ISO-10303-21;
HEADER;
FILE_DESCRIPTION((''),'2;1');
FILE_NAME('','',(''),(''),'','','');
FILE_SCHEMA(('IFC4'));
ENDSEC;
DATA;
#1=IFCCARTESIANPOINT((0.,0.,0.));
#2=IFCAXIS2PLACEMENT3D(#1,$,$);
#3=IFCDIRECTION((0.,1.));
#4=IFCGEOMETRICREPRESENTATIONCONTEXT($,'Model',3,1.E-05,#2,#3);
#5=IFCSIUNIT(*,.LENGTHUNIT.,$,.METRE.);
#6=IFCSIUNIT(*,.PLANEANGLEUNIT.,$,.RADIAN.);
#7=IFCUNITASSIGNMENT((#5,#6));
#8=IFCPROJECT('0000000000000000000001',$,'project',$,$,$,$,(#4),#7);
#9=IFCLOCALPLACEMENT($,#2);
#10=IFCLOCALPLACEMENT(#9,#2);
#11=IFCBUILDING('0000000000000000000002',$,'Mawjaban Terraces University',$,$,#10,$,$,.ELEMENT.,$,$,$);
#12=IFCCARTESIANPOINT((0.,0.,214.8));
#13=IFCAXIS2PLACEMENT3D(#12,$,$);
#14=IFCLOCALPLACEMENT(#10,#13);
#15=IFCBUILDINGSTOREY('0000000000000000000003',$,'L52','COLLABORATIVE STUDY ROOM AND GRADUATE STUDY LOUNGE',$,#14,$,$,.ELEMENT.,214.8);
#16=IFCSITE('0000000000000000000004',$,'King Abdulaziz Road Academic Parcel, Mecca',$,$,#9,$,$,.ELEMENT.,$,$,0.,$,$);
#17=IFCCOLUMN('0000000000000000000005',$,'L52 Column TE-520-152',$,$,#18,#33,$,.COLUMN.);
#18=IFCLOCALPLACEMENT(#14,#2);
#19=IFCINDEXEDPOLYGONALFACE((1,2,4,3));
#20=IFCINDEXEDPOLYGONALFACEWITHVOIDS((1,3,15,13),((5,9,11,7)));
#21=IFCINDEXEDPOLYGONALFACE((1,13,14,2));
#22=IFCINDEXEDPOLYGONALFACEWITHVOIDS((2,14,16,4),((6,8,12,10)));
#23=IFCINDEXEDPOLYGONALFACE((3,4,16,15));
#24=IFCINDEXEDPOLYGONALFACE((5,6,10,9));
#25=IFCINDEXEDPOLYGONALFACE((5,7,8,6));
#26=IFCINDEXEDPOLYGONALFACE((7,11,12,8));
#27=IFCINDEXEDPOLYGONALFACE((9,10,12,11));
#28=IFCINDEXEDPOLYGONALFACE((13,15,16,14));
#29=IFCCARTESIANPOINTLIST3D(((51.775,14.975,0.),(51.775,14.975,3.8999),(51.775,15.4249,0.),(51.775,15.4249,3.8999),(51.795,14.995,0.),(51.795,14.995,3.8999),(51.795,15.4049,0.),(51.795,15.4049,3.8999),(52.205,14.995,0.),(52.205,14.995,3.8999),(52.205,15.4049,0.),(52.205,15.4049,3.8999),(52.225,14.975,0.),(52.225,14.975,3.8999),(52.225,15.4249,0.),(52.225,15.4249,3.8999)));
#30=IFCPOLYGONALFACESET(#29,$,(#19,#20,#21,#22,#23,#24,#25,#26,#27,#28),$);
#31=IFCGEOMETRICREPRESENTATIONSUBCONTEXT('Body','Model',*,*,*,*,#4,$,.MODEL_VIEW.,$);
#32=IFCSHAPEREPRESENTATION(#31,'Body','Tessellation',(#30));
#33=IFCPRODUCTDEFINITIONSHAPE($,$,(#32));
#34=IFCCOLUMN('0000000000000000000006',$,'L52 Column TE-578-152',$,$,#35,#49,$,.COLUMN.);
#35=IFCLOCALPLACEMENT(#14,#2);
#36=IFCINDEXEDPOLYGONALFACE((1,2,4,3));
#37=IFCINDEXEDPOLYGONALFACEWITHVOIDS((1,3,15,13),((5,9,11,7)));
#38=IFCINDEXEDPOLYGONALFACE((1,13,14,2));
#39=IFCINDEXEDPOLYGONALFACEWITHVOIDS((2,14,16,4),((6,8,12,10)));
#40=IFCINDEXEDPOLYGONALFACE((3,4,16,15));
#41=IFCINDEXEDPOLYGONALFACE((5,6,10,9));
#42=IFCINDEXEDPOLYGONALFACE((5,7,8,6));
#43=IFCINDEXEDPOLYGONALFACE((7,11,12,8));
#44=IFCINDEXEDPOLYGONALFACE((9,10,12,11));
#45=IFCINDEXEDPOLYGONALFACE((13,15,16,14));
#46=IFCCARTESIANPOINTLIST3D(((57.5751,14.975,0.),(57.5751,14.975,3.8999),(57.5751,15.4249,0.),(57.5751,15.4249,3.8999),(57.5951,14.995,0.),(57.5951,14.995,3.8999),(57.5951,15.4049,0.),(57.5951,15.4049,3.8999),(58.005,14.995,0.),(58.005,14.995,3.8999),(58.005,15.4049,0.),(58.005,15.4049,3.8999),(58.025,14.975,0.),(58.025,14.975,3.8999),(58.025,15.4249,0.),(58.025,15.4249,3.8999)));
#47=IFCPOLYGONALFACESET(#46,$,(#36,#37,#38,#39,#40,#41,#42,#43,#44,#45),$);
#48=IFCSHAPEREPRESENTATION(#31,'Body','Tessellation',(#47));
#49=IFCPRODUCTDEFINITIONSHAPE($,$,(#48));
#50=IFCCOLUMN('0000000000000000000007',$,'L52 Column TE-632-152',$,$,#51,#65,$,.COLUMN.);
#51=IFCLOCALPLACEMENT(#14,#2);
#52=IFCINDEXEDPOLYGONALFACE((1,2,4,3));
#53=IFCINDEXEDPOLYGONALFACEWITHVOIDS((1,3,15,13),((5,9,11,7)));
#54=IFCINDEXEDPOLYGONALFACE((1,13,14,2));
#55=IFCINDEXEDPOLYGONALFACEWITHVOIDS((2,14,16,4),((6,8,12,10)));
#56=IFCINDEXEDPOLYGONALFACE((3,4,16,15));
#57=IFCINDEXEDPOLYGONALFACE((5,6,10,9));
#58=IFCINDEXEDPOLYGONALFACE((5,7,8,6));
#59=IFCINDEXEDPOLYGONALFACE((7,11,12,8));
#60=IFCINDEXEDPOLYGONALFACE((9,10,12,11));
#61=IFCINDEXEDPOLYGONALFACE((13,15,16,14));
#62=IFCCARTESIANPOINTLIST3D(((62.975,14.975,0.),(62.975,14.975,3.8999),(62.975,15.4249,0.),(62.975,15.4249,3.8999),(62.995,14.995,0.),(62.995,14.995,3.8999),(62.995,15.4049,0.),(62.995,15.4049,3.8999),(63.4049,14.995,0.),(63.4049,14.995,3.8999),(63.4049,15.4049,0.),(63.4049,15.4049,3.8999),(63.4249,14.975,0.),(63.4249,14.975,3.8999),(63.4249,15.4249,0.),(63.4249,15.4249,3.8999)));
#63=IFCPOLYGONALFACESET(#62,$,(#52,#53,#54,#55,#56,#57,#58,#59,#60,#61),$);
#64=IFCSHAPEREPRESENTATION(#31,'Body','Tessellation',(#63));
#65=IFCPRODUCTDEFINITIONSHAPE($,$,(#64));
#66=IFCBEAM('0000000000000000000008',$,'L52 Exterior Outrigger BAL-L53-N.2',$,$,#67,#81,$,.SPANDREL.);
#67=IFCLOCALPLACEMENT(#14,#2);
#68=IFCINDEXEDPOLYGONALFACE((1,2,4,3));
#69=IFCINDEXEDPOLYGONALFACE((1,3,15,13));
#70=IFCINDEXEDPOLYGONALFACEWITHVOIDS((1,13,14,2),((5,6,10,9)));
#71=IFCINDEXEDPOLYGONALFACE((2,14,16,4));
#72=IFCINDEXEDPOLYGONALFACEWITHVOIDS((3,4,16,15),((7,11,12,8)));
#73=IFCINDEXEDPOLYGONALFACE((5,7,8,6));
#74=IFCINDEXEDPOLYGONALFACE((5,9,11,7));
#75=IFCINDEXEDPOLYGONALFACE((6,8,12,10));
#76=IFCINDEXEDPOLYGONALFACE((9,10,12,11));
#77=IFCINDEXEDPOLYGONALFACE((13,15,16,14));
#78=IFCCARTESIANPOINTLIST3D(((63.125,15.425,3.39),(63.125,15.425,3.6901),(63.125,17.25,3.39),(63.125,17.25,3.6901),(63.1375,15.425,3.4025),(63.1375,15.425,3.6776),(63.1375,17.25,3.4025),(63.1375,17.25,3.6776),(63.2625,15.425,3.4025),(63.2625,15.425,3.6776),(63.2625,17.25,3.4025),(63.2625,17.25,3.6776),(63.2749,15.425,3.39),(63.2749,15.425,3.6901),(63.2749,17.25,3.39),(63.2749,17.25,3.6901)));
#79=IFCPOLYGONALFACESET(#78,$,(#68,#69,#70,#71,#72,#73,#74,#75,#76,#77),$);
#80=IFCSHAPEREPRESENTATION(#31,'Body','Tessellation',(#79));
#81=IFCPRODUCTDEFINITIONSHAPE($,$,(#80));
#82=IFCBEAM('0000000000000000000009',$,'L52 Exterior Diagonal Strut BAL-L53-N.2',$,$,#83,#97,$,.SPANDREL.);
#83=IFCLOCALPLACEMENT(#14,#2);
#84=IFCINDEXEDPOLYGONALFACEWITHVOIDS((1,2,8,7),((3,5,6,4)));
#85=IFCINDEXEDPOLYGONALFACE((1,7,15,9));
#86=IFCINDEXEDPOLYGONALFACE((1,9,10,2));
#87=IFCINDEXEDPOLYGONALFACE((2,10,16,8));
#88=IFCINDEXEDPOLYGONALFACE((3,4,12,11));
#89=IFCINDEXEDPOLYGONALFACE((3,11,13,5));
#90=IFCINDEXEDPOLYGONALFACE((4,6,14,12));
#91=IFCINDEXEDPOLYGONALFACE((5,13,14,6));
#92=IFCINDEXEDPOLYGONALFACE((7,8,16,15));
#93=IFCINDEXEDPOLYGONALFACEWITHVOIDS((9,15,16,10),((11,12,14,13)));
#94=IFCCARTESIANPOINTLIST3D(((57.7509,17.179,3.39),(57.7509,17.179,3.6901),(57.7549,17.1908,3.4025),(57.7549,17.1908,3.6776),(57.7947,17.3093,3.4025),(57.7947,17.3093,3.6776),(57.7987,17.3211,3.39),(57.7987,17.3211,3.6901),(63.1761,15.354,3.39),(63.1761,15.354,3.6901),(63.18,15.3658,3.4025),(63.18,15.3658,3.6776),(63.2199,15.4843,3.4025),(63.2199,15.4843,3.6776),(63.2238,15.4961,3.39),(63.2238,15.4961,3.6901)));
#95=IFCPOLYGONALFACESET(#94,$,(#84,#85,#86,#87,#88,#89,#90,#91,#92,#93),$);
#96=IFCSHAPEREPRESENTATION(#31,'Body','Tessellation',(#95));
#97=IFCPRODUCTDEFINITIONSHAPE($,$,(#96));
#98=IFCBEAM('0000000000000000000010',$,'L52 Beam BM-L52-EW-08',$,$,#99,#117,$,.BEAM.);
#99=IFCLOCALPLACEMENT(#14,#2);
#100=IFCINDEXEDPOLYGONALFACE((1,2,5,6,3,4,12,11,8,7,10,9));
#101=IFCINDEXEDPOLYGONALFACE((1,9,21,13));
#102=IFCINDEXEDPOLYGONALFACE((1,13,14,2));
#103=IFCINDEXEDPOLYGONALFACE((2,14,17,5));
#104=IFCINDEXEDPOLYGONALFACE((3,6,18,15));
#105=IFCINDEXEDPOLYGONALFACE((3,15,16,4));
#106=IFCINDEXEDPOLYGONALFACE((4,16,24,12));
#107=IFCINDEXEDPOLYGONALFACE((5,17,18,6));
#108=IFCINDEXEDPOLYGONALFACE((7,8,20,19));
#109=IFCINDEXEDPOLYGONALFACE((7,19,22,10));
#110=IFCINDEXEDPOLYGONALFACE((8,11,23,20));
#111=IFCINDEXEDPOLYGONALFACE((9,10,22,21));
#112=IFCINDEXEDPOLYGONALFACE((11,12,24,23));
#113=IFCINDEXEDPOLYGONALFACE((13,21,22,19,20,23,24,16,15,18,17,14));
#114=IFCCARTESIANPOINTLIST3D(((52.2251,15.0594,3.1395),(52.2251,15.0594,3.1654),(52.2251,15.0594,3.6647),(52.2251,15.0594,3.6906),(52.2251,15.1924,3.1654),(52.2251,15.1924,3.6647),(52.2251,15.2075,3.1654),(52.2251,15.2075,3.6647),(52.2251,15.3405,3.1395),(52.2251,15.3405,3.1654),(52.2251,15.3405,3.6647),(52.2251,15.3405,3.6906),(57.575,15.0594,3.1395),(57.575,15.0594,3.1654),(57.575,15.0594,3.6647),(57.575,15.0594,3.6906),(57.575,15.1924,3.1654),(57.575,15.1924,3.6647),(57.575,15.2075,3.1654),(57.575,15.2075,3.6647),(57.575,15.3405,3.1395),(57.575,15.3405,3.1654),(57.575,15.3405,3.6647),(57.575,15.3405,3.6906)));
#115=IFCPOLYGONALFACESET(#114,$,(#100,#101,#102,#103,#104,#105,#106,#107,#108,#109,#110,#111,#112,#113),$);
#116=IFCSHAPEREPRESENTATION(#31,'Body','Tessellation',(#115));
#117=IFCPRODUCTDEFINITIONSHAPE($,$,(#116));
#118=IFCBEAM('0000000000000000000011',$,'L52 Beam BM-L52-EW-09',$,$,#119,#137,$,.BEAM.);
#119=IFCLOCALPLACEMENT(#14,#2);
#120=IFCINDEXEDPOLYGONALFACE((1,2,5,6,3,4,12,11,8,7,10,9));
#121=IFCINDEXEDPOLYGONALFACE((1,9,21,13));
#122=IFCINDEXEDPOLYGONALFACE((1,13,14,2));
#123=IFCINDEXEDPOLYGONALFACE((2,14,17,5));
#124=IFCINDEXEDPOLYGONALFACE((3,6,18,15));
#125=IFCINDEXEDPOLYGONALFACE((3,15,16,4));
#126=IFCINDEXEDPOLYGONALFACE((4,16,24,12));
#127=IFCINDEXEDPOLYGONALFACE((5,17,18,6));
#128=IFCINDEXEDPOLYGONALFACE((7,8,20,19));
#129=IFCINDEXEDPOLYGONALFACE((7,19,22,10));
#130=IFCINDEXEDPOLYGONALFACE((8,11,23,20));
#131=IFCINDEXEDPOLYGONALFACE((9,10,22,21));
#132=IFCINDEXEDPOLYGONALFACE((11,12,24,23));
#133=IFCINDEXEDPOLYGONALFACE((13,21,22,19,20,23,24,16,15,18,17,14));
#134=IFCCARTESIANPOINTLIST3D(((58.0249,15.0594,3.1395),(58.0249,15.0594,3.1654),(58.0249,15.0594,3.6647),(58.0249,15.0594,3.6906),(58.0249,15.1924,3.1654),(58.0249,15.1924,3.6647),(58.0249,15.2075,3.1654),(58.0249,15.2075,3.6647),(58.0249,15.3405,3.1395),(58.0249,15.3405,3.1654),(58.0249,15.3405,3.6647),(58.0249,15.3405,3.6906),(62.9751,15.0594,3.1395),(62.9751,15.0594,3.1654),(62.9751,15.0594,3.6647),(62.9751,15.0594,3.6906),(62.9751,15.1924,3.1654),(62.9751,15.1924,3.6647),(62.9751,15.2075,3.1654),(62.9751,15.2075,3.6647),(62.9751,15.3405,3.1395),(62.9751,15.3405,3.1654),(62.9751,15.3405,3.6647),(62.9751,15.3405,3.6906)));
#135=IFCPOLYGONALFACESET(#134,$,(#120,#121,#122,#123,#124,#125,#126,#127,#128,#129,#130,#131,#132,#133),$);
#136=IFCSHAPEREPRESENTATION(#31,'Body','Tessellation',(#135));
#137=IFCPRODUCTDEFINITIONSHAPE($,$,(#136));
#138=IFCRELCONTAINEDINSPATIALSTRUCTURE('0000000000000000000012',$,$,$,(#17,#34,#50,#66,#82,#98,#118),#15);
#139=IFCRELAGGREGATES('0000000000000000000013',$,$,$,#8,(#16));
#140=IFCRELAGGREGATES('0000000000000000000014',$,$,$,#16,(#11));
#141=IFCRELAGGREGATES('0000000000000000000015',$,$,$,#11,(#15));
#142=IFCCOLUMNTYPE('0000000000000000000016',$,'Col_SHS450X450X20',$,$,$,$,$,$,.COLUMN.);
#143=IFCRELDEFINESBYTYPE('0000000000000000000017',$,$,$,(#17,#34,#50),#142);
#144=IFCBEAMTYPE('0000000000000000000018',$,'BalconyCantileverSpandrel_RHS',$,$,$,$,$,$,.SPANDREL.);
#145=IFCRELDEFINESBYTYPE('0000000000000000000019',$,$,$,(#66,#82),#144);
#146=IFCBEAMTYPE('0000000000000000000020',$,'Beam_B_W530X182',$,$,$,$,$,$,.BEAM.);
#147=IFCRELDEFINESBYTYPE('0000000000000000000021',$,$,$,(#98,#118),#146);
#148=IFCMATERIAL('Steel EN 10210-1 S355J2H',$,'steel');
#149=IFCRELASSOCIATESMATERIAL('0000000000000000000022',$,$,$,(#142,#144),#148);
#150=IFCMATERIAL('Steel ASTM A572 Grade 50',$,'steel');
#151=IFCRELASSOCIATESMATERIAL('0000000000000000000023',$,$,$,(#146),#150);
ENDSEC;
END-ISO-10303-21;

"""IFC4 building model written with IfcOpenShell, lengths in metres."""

from ifc_helpers import new_model, si_unit, direction, frame, origin, origin_2d, place, context, subcontext, project, spatial, hollow_rectangle, i_section, extrude, material, material_profile, profile_set, type_object, element, save


model = new_model("IFC4")

# Units and contexts
model_context = context("Model", 3, precision=1e-05, world=origin(), true_north=direction((0.0, 1.0)))
body_context = subcontext(model_context, "Body", "Model", "MODEL_VIEW")
ifc_project = project(units=[si_unit("LENGTHUNIT", "METRE"), si_unit("PLANEANGLEUNIT", "RADIAN")], contexts=[model_context])

# Site, building, storey
site_placement = place(None, origin())
site = spatial("IfcSite", under=ifc_project, at=site_placement, Name="King Abdulaziz Road Academic Parcel, Mecca", CompositionType="ELEMENT", RefElevation=0.0)
building_placement = place(site_placement, origin())
building = spatial("IfcBuilding", under=site, at=building_placement, Name="Mawjaban Terraces University", CompositionType="ELEMENT")
storey_placement = place(building_placement, frame((0.0, 0.0, 214.8)))
storey = spatial("IfcBuildingStorey", under=building, at=storey_placement, Name="L52", Description="COLLABORATIVE STUDY ROOM AND GRADUATE STUDY LOUNGE", CompositionType="ELEMENT", Elevation=214.8)

# Columns
ifc_material_1 = material(Name="Steel EN 10210-1 S355J2H", Category="steel")
ifc_material_profile_1 = material_profile(ifc_material_1, hollow_rectangle(XDim=0.45, YDim=0.45, WallThickness=0.02, at=origin_2d()), Name="SHS450X450X20")
ifc_profile_set_1 = profile_set([ifc_material_profile_1], Name="Steel EN 10210-1 S355J2H")
column_type = type_object("IfcColumnType", Name="Col_SHS450X450X20", PredefinedType="COLUMN", material=ifc_profile_set_1)
for number, where, z_axis, x_axis, name in (
    (1, (52.0, 15.2, 0.0), (0.0, 0.0, 1.0), (1.0, 0.0, 0.0), "L52 Column TE-520-152"),
    (2, (57.8, 15.2, 0.0), (0.0, 0.0, 1.0), (1.0, 0.0, 0.0), "L52 Column TE-578-152"),
    (3, (63.2, 15.2, 0.0), (0.0, 0.0, 1.0), (1.0, 0.0, 0.0), "L52 Column TE-632-152"),
):
    element("IfcColumn", number, at=place(storey_placement, frame(where, z_axis=z_axis, x_axis=x_axis)), inside=storey, type_object=column_type, Name=name, PredefinedType="COLUMN", context=body_context, shape_type="SweptSolid", body=[
        extrude(hollow_rectangle(XDim=0.45, YDim=0.45, WallThickness=0.02, at=origin_2d()), origin(), (0.0, 0.0, 1.0), 3.8999),
    ])

# Beams
ifc_material_profile_2 = material_profile(ifc_material_1, hollow_rectangle(XDim=0.1499, YDim=0.3, WallThickness=0.0125, at=origin_2d()), Name="RHS300X150X12.5")
ifc_profile_set_2 = profile_set([ifc_material_profile_2], Name="Steel EN 10210-1 S355J2H")
beam_type_1 = type_object("IfcBeamType", Name="BalconyCantileverSpandrel_RHS", PredefinedType="SPANDREL", material=ifc_profile_set_2)
beam_1_placement = place(storey_placement, frame((63.2, 15.425, 3.54), z_axis=(0.0, 1.0, 0.0), x_axis=(-1.0, 0.0, 0.0)))
element("IfcBeam", 4, at=beam_1_placement, inside=storey, type_object=beam_type_1, Name="L52 Exterior Outrigger BAL-L53-N.2", PredefinedType="SPANDREL", context=body_context, shape_type="SweptSolid", body=[
    extrude(hollow_rectangle(XDim=0.1499, YDim=0.3, WallThickness=0.0125, at=origin_2d()), origin(), (0.0, 0.0, 1.0), 1.825),
])
beam_2_placement = place(storey_placement, frame((63.2, 15.425, 3.54), z_axis=(-0.94781, 0.318837, 0.0), x_axis=(-0.318837, -0.94781, 0.0)))
element("IfcBeam", 5, at=beam_2_placement, inside=storey, type_object=beam_type_1, Name="L52 Exterior Diagonal Strut BAL-L53-N.2", PredefinedType="SPANDREL", context=body_context, shape_type="SweptSolid", body=[
    extrude(hollow_rectangle(XDim=0.1499, YDim=0.3, WallThickness=0.0125, at=origin_2d()), origin(), (0.0, 0.0, 1.0), 5.7239),
])
ifc_material_2 = material(Name="Steel ASTM A572 Grade 50", Category="steel")
ifc_material_profile_3 = material_profile(ifc_material_2, i_section(OverallWidth=0.281, OverallDepth=0.551, WebThickness=0.0151, FlangeThickness=0.0259, at=origin_2d()), Name="W530X182")
ifc_profile_set_3 = profile_set([ifc_material_profile_3], Name="Steel ASTM A572 Grade 50")
beam_type_2 = type_object("IfcBeamType", Name="Beam_B_W530X182", PredefinedType="BEAM", material=ifc_profile_set_3)
beam_3_placement = place(storey_placement, frame((52.2251, 15.2, 3.415), z_axis=(1.0, 0.0, 0.0), x_axis=(0.0, 1.0, 0.0)))
element("IfcBeam", 6, at=beam_3_placement, inside=storey, type_object=beam_type_2, Name="L52 Beam BM-L52-EW-08", PredefinedType="BEAM", context=body_context, shape_type="SweptSolid", body=[
    extrude(i_section(OverallWidth=0.281, OverallDepth=0.551, WebThickness=0.0151, FlangeThickness=0.0259, at=origin_2d()), origin(), (0.0, 0.0, 1.0), 5.3499),
])
beam_4_placement = place(storey_placement, frame((58.0249, 15.2, 3.415), z_axis=(1.0, 0.0, 0.0), x_axis=(0.0, 1.0, 0.0)))
element("IfcBeam", 7, at=beam_4_placement, inside=storey, type_object=beam_type_2, Name="L52 Beam BM-L52-EW-09", PredefinedType="BEAM", context=body_context, shape_type="SweptSolid", body=[
    extrude(i_section(OverallWidth=0.281, OverallDepth=0.551, WebThickness=0.0151, FlangeThickness=0.0259, at=origin_2d()), origin(), (0.0, 0.0, 1.0), 4.9502),
])

save(model, "model.ifc")
